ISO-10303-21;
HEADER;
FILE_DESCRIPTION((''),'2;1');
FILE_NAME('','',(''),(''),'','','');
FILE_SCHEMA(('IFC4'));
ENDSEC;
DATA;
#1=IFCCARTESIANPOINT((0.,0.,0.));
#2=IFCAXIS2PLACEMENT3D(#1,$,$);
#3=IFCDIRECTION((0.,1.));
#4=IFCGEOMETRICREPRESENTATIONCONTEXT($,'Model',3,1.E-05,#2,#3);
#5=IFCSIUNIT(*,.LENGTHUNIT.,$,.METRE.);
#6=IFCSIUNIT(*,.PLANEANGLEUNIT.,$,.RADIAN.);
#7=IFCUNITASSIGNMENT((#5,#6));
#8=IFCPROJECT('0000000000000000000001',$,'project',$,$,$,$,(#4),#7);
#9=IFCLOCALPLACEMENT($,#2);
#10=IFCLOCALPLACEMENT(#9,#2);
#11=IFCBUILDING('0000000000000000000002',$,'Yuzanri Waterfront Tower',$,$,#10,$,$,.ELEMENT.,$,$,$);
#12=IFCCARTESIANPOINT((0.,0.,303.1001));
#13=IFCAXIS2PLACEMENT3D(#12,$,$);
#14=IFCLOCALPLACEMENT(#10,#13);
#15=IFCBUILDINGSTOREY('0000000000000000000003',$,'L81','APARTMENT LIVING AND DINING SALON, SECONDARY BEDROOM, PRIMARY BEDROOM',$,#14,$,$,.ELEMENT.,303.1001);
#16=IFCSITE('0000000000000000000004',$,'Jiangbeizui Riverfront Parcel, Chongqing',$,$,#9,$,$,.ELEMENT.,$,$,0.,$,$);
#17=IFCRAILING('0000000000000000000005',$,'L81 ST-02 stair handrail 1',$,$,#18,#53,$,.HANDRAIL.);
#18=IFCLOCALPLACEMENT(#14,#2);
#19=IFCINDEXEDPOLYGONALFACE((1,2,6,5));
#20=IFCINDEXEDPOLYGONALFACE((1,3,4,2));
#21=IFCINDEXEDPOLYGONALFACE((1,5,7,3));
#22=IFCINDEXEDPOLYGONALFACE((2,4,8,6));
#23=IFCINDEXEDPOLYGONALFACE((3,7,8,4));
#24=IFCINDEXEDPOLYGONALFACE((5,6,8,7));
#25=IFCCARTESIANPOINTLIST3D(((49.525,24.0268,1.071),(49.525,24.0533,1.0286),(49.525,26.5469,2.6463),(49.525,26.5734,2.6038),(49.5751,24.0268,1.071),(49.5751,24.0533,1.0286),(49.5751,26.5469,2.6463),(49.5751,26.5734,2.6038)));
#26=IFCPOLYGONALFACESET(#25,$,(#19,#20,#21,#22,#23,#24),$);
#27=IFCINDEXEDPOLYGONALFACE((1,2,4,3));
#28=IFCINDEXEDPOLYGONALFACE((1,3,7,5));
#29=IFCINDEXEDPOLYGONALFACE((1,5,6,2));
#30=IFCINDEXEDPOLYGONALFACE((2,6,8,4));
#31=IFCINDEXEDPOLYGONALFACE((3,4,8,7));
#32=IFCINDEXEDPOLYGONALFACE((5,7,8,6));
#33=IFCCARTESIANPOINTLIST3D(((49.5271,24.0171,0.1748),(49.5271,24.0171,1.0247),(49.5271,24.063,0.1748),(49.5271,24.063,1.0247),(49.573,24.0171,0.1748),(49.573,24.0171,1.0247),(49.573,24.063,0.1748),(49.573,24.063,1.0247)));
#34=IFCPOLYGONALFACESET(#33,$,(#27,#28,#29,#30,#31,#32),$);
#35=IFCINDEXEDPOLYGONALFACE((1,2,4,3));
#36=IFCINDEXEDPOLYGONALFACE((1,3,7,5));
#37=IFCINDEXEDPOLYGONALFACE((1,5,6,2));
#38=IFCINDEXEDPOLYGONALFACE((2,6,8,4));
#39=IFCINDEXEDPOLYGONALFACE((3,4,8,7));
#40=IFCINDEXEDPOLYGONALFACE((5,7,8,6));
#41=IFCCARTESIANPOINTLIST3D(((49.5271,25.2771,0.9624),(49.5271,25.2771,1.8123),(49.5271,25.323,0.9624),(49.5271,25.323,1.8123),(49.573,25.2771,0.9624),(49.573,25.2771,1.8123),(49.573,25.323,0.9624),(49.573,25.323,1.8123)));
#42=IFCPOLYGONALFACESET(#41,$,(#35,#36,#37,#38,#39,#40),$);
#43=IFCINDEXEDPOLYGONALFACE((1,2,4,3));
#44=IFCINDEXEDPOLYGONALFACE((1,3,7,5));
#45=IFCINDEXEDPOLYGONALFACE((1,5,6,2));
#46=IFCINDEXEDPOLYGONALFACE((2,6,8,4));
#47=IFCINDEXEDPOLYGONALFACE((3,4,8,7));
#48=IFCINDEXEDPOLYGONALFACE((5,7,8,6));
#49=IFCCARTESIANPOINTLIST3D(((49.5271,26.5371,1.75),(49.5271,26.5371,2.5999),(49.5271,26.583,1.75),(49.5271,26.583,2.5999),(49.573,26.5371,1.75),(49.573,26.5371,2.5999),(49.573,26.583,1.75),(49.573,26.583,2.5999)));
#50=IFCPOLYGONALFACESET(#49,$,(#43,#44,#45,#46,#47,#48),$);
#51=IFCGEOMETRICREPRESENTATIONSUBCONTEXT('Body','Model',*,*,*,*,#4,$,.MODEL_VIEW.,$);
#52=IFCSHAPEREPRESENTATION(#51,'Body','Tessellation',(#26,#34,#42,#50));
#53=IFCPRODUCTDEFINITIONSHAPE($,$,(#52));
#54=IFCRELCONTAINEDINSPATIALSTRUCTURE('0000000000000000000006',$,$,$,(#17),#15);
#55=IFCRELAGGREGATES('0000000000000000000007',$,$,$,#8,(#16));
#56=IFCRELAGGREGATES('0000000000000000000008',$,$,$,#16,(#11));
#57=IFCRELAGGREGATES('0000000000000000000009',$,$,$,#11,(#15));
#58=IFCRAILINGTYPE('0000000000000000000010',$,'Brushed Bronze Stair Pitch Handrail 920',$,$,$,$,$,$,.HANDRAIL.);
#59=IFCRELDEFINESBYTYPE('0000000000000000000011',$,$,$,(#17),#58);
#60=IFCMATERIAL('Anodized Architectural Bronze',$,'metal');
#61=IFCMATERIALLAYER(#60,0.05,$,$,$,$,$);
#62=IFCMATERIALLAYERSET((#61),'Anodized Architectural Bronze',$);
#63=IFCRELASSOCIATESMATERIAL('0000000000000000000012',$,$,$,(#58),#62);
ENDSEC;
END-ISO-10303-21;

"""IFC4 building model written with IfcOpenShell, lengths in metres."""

from ifc_helpers import new_model, si_unit, direction, frame, origin, origin_2d, place, context, subcontext, project, spatial, rectangle, extrude, source, transform, mapped, material, layer, layer_set, type_object, element, save


model = new_model("IFC4")

# Units and contexts
model_context = context("Model", 3, precision=1e-05, world=origin(), true_north=direction((0.0, 1.0)))
body_context = subcontext(model_context, "Body", "Model", "MODEL_VIEW")
ifc_project = project(units=[si_unit("LENGTHUNIT", "METRE"), si_unit("PLANEANGLEUNIT", "RADIAN")], contexts=[model_context])

# Site, building, storey
site_placement = place(None, origin())
site = spatial("IfcSite", under=ifc_project, at=site_placement, Name="Jiangbeizui Riverfront Parcel, Chongqing", CompositionType="ELEMENT", RefElevation=0.0)
building_placement = place(site_placement, origin())
building = spatial("IfcBuilding", under=site, at=building_placement, Name="Yuzanri Waterfront Tower", CompositionType="ELEMENT")
storey_placement = place(building_placement, frame((0.0, 0.0, 303.1001)))
storey = spatial("IfcBuildingStorey", under=building, at=storey_placement, Name="L81", Description="APARTMENT LIVING AND DINING SALON, SECONDARY BEDROOM, PRIMARY BEDROOM", CompositionType="ELEMENT", Elevation=303.1001)

# Railing
ifc_material_1 = material(Name="Anodized Architectural Bronze", Category="metal")
ifc_layer_1 = layer(ifc_material_1, 0.05)
ifc_layer_set_1 = layer_set([ifc_layer_1], Name="Anodized Architectural Bronze")
railing_type = type_object("IfcRailingType", Name="Brushed Bronze Stair Pitch Handrail 920", PredefinedType="HANDRAIL", material=ifc_layer_set_1)
shared_shape_1 = source(origin(), body_context, "Body", "SweptSolid", [
    extrude(rectangle(XDim=0.05, YDim=0.05, at=origin_2d()), frame((0.0, 0.0, 0.875), z_axis=(0.0, 0.847971, 0.530043), x_axis=(-1.0, 0.0, 0.0)), (0.0, 0.0, 1.0), 2.9719),
    extrude(rectangle(XDim=0.0459, YDim=0.0459, at=origin_2d()), origin(), (0.0, 0.0, 1.0), 0.8499),
    extrude(rectangle(XDim=0.0459, YDim=0.0459, at=origin_2d()), frame((0.0, 1.26, 0.7876)), (0.0, 0.0, 1.0), 0.8499),
    extrude(rectangle(XDim=0.0459, YDim=0.0459, at=origin_2d()), frame((0.0, 2.52, 1.5752)), (0.0, 0.0, 1.0), 0.8499),
])
railing_placement = place(storey_placement, frame((49.55, 24.04, 0.1748)))
element("IfcRailing", 1, at=railing_placement, inside=storey, type_object=railing_type, Name="L81 ST-02 stair handrail 1", PredefinedType="HANDRAIL", context=body_context, shape_type="MappedRepresentation", body=[
    mapped(shared_shape_1, transform((0.0, 0.0, 0.0), scale=1.0)),
])

save(model, "model.ifc")
